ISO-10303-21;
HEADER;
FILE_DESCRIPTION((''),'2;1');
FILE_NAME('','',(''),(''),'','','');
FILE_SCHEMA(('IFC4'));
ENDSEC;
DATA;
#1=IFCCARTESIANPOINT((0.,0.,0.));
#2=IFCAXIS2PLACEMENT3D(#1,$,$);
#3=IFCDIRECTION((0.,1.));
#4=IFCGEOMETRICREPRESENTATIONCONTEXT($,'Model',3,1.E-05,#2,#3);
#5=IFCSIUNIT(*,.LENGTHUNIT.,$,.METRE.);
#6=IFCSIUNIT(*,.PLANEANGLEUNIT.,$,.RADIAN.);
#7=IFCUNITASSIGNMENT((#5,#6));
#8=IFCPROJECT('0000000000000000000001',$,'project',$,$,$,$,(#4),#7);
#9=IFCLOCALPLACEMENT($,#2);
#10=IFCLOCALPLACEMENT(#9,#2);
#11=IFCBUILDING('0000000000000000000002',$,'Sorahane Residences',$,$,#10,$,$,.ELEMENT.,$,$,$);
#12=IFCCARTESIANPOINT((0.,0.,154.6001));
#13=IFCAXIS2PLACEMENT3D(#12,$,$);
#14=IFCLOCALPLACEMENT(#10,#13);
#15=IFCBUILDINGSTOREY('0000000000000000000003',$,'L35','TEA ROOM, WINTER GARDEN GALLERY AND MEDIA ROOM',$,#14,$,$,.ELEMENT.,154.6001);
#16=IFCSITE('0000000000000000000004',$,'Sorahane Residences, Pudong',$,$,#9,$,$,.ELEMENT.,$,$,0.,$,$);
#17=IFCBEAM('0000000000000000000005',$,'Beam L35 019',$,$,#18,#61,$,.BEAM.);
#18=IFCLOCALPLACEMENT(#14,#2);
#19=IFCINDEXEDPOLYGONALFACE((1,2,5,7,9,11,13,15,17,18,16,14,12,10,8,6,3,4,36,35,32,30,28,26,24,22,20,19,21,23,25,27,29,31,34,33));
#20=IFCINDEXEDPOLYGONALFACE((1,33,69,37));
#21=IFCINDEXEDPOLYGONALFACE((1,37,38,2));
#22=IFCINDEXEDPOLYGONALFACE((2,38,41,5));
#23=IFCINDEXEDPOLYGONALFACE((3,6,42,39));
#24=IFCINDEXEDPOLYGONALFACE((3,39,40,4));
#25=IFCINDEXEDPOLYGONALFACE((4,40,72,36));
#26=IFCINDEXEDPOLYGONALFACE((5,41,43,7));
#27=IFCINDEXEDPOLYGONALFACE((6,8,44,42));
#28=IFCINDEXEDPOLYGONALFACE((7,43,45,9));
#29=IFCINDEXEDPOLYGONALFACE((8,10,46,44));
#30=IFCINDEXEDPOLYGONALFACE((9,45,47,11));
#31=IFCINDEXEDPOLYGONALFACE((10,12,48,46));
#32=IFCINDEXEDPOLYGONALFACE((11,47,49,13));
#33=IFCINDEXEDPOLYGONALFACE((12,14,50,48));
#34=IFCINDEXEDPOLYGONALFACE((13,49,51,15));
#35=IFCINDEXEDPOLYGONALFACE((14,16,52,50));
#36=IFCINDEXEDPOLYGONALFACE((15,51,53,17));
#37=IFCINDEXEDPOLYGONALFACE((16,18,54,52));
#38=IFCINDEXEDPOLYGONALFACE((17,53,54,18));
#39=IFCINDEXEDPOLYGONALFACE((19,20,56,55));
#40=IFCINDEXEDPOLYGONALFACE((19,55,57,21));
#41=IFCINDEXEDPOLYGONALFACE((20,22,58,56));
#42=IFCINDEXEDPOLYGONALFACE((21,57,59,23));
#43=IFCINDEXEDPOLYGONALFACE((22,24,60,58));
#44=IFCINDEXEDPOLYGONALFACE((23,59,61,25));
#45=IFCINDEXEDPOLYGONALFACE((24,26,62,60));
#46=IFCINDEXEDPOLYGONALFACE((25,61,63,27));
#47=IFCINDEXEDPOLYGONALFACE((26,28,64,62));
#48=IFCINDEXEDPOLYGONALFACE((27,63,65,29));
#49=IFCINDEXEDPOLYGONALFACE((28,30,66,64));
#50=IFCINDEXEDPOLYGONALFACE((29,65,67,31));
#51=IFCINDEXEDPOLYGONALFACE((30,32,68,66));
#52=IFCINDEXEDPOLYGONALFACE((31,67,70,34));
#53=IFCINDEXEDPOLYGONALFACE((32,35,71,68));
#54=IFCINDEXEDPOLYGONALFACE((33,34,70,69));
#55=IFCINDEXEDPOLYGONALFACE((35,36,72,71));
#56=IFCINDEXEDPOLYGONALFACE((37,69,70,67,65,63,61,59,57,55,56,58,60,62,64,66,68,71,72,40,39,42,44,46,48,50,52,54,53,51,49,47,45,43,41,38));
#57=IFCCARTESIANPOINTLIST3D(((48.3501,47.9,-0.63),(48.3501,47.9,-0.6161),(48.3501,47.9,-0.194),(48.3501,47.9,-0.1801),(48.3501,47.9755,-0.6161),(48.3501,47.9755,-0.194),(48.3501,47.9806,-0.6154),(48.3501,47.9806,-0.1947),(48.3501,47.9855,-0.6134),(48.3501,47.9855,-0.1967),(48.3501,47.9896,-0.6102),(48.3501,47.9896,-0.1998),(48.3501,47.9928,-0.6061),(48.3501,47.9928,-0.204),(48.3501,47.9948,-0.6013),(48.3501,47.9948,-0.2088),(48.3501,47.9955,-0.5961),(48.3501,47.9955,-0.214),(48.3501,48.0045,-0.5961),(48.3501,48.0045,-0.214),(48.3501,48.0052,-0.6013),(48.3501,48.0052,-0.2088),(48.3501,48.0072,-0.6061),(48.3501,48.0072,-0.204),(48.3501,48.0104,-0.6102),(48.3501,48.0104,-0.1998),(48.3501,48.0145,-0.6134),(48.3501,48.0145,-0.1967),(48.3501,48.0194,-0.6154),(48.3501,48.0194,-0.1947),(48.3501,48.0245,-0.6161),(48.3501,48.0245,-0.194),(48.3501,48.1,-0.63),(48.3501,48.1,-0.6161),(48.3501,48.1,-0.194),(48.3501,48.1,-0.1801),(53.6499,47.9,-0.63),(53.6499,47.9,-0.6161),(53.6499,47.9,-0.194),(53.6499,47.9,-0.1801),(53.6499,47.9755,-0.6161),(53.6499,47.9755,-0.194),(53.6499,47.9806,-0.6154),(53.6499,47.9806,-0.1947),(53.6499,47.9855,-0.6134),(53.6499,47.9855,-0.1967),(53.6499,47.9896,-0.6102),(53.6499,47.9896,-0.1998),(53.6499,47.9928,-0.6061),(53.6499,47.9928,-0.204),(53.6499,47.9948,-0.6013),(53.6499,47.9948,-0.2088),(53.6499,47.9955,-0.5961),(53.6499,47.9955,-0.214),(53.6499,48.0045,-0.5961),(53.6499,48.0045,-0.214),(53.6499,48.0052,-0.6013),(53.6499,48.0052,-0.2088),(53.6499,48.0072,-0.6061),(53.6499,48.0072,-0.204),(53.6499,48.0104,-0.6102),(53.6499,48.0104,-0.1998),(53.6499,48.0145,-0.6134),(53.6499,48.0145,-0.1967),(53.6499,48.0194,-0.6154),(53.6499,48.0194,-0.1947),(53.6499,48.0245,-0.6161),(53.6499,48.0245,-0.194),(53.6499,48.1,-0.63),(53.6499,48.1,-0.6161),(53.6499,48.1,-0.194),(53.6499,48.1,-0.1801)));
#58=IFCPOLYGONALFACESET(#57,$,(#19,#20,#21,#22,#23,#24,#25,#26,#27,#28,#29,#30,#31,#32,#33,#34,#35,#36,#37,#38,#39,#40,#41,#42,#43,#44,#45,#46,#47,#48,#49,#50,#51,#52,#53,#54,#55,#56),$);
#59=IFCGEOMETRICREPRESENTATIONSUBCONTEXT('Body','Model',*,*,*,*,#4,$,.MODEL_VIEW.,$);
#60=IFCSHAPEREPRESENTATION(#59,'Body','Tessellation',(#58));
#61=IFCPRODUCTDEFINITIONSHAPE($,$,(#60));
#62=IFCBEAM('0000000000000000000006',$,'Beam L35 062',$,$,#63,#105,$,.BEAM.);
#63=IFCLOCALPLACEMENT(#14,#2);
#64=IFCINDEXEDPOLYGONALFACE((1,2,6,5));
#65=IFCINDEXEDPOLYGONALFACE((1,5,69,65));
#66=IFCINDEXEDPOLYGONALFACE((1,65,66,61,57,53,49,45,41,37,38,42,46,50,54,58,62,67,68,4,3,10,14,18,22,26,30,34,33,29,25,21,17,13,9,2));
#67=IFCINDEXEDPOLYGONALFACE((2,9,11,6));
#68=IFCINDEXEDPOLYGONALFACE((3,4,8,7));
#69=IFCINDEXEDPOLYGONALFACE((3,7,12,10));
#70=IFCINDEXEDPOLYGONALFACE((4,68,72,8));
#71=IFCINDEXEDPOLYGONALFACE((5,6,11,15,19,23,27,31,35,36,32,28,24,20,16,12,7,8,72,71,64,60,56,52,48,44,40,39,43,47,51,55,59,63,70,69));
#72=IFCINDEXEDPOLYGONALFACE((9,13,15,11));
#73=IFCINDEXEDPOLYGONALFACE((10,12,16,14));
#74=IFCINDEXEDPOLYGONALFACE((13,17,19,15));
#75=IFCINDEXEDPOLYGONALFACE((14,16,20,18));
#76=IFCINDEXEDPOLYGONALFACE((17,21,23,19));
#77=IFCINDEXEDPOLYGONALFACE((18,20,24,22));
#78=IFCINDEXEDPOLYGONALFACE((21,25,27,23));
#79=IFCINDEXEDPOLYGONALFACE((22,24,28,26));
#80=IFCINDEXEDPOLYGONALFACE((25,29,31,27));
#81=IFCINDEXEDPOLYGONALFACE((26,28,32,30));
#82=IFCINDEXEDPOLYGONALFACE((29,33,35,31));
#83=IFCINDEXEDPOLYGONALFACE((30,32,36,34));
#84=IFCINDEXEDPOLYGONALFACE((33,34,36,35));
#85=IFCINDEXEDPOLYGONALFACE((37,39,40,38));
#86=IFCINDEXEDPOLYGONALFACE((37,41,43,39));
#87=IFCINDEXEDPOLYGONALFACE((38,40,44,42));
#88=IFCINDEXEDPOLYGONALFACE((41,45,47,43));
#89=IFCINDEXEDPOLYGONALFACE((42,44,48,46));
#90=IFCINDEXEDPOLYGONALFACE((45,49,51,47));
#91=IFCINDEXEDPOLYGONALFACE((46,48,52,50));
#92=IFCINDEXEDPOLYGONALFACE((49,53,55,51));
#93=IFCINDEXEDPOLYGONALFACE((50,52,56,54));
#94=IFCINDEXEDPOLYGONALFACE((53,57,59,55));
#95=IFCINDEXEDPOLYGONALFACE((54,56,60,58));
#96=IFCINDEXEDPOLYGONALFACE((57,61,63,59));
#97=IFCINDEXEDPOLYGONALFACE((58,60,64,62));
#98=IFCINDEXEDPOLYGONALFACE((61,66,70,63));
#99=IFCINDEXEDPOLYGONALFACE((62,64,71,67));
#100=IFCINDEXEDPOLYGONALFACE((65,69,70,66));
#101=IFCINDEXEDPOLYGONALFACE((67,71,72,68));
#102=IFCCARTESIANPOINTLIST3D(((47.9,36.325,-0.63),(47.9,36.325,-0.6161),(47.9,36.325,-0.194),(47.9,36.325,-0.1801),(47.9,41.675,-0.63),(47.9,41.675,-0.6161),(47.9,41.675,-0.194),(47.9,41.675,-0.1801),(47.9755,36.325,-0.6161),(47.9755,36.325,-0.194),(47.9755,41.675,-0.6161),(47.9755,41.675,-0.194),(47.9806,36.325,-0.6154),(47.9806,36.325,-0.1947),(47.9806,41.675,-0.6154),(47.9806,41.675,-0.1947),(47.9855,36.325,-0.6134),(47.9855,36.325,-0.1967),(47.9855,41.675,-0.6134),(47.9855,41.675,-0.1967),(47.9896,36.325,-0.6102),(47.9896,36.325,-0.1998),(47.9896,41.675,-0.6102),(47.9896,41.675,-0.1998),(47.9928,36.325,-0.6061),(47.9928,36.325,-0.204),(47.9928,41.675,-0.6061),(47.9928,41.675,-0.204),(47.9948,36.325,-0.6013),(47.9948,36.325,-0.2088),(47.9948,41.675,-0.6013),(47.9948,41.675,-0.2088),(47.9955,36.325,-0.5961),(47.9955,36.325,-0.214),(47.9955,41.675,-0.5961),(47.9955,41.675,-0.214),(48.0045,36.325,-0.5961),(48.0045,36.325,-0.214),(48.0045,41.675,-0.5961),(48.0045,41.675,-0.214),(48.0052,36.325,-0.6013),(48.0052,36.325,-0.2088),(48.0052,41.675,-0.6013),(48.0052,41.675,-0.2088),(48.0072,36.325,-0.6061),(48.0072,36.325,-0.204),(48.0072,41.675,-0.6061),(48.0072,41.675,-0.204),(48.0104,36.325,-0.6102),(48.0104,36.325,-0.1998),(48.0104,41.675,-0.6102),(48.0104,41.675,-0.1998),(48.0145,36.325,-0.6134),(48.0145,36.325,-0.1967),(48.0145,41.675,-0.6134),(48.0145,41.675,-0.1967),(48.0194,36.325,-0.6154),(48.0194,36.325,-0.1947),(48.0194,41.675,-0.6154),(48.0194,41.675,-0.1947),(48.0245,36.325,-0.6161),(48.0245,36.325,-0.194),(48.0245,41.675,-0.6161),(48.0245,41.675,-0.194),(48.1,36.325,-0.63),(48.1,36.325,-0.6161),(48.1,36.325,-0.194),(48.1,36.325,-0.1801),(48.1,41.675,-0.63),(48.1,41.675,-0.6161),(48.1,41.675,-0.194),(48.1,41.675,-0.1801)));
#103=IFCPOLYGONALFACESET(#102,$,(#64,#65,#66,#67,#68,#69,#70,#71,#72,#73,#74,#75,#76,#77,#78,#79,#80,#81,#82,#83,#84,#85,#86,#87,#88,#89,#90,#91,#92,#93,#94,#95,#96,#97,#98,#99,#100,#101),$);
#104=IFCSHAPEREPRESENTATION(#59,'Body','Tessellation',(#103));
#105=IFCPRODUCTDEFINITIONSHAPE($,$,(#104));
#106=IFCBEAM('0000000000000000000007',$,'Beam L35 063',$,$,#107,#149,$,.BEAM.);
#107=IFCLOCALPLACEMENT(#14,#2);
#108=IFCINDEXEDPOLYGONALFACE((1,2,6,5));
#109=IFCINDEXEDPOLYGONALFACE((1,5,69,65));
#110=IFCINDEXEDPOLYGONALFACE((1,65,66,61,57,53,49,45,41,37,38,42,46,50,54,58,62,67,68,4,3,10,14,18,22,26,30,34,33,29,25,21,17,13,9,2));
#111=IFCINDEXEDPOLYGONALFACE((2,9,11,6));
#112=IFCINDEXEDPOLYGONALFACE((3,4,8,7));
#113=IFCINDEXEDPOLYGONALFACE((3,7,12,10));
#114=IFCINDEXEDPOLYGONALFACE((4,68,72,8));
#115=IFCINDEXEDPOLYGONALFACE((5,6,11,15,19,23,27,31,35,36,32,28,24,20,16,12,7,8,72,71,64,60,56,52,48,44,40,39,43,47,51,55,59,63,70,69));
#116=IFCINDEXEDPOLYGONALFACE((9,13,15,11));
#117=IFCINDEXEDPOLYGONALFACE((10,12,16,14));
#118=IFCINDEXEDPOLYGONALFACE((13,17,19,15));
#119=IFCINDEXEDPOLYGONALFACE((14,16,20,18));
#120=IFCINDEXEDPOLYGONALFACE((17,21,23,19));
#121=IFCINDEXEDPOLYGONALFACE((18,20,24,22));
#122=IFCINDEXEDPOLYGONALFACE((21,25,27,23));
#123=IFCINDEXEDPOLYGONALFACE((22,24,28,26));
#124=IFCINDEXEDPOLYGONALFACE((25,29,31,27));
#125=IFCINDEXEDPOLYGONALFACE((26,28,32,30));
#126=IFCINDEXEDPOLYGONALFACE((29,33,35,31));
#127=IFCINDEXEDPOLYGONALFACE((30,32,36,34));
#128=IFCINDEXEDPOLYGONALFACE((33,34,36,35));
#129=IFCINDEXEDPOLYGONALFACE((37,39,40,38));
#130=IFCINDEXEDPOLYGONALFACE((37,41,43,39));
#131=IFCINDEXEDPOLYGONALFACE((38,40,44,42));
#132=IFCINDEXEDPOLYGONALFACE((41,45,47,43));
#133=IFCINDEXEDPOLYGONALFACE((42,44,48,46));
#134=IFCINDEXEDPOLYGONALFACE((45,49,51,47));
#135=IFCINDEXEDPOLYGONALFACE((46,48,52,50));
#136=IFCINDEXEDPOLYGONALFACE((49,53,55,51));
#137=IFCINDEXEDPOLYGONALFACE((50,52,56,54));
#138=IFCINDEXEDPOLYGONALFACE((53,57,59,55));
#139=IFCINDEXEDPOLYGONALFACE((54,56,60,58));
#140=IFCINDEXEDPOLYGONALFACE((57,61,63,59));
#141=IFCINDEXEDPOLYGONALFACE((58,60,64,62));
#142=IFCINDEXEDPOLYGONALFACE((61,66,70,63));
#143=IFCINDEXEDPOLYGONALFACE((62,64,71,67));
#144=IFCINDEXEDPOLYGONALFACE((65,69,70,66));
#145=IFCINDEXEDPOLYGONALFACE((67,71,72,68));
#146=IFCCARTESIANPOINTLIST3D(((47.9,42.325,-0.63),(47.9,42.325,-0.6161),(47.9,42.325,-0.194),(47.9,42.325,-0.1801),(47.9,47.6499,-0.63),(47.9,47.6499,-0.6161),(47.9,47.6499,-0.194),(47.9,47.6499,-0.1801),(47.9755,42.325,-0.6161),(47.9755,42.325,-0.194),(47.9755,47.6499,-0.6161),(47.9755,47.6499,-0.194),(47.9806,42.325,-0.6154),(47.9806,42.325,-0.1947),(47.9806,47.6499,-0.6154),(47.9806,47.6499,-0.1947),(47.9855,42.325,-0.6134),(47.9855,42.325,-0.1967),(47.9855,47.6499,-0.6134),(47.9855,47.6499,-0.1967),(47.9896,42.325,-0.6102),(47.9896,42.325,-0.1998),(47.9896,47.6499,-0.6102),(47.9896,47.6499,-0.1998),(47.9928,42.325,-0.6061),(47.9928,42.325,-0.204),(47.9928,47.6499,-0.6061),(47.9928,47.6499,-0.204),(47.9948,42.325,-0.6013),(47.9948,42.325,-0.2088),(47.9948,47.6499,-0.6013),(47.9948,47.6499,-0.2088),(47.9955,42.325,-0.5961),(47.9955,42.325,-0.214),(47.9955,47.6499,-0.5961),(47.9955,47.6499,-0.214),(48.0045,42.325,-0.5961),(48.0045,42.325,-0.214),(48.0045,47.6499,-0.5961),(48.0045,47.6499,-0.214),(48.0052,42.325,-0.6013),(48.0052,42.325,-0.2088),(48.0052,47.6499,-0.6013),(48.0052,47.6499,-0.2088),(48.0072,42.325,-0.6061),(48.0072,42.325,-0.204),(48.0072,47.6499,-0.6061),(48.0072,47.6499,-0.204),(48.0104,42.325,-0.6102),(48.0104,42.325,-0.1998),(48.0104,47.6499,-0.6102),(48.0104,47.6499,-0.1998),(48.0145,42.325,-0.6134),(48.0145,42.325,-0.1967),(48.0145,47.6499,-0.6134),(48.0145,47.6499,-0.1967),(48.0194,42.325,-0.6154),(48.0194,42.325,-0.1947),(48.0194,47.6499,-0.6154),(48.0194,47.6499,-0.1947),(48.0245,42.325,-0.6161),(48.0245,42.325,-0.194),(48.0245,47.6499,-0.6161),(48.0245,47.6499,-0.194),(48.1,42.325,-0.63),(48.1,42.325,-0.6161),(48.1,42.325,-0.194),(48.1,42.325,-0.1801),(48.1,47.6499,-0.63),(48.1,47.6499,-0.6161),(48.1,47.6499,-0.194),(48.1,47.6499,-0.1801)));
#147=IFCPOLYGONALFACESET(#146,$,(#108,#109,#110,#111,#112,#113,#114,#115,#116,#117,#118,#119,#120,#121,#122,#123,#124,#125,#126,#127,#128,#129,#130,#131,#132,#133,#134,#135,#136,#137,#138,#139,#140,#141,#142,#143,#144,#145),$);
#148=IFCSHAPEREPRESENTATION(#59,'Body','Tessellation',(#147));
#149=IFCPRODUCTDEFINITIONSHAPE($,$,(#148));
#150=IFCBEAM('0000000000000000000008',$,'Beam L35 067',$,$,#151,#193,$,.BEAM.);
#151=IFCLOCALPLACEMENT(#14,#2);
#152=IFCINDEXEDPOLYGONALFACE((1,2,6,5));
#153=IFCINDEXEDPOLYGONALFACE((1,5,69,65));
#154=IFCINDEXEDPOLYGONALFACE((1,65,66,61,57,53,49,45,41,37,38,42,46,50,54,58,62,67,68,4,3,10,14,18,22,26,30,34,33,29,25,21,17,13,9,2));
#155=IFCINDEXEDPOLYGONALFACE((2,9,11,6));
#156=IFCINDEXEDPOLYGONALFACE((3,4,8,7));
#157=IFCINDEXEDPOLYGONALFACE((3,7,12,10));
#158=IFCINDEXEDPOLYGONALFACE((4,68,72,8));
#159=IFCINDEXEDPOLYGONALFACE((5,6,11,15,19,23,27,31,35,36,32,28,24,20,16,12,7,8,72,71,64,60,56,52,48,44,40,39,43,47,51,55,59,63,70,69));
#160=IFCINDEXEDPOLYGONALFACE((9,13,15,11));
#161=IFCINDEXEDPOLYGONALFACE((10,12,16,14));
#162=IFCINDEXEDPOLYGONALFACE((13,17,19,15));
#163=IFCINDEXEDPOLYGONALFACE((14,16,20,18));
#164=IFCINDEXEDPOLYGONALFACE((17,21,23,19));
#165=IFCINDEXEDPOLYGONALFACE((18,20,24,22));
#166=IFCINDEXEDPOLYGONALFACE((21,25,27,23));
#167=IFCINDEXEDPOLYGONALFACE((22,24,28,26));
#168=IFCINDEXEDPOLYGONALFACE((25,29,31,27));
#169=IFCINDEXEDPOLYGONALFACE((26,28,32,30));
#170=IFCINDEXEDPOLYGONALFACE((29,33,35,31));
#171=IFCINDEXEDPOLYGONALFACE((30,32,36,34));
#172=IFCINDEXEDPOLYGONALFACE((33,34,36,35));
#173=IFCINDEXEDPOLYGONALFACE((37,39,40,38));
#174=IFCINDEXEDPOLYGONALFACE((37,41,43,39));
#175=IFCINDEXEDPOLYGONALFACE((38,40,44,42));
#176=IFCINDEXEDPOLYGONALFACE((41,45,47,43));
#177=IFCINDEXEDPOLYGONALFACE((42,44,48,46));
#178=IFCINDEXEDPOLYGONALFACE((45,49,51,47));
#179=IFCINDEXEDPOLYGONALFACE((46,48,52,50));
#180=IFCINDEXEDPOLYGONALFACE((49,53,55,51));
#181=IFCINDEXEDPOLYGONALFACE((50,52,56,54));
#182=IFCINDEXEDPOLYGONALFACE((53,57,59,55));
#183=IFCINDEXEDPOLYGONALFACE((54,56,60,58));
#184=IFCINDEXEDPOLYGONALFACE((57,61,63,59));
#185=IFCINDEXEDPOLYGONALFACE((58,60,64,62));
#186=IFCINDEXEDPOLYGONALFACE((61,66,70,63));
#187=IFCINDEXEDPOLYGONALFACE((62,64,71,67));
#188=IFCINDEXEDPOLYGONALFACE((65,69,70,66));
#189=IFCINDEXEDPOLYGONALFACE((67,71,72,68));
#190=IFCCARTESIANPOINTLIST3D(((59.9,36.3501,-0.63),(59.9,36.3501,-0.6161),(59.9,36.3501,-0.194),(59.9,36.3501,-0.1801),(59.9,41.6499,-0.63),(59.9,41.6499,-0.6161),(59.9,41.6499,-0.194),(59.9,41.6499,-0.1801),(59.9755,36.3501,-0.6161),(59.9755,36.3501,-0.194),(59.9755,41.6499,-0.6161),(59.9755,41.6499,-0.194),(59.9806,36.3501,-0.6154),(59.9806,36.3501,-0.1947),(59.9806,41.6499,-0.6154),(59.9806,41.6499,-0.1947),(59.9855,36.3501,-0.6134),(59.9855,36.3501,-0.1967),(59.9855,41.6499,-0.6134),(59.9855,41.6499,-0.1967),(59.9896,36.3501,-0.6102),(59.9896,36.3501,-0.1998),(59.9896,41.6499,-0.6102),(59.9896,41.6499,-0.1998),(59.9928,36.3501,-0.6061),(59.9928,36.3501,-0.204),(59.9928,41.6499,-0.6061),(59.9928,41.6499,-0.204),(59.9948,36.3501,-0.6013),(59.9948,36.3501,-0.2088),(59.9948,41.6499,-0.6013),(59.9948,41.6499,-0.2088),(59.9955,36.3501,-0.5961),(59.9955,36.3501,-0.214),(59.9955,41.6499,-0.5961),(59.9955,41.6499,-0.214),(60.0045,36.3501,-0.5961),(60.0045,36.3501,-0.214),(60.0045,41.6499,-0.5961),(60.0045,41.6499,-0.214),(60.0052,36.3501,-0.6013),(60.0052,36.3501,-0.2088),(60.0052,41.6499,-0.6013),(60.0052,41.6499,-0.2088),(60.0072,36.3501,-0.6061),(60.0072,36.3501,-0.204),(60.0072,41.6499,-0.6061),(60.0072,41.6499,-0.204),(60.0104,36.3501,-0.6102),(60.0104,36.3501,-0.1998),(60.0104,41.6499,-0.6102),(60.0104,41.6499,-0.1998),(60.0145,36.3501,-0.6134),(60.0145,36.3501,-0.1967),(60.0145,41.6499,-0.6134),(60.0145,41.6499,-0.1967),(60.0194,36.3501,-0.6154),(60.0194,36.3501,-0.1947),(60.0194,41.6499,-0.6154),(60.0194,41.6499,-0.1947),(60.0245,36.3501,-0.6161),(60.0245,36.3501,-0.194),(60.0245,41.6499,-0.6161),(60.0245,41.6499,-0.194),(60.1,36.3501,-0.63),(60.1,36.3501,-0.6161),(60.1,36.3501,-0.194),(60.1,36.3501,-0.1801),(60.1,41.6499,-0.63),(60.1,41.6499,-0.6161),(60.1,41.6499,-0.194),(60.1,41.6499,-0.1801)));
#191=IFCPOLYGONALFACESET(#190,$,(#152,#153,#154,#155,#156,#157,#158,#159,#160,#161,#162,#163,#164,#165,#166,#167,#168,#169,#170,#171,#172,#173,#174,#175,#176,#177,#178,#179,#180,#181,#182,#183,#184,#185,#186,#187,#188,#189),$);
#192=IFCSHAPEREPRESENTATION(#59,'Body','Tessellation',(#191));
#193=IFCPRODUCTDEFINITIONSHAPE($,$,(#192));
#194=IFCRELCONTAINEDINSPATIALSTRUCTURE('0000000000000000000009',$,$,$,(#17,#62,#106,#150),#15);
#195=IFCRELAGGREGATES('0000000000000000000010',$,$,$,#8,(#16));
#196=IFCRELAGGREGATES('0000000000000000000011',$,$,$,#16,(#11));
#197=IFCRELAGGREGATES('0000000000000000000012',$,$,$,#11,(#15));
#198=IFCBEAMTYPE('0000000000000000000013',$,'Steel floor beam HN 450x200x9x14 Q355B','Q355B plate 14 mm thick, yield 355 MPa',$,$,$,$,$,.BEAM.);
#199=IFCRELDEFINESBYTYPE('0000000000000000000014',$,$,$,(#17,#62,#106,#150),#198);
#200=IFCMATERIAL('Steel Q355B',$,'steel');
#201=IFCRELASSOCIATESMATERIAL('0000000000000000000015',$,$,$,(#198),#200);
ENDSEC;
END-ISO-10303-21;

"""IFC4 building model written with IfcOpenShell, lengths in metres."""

from ifc_helpers import new_model, si_unit, direction, frame, origin, origin_2d, place, context, subcontext, project, spatial, i_section, extrude, material, material_profile, profile_set, type_object, element, save


model = new_model("IFC4")

# Units and contexts
model_context = context("Model", 3, precision=1e-05, world=origin(), true_north=direction((0.0, 1.0)))
body_context = subcontext(model_context, "Body", "Model", "MODEL_VIEW")
ifc_project = project(units=[si_unit("LENGTHUNIT", "METRE"), si_unit("PLANEANGLEUNIT", "RADIAN")], contexts=[model_context])

# Site, building, storey
site_placement = place(None, origin())
site = spatial("IfcSite", under=ifc_project, at=site_placement, Name="Sorahane Residences, Pudong", CompositionType="ELEMENT", RefElevation=0.0)
building_placement = place(site_placement, origin())
building = spatial("IfcBuilding", under=site, at=building_placement, Name="Sorahane Residences", CompositionType="ELEMENT")
storey_placement = place(building_placement, frame((0.0, 0.0, 154.6001)))
storey = spatial("IfcBuildingStorey", under=building, at=storey_placement, Name="L35", Description="TEA ROOM, WINTER GARDEN GALLERY AND MEDIA ROOM", CompositionType="ELEMENT", Elevation=154.6001)

# Beams
ifc_material_1 = material(Name="Steel Q355B", Category="steel")
ifc_material_profile_1 = material_profile(ifc_material_1, i_section(OverallWidth=0.2, OverallDepth=0.45, WebThickness=0.009, FlangeThickness=0.0139, FilletRadius=0.02, at=origin_2d()), Name="HN 450x200x9x14")
ifc_profile_set_1 = profile_set([ifc_material_profile_1], Name="Steel Q355B")
beam_type_1 = type_object("IfcBeamType", Name="Steel floor beam HN 450x200x9x14 Q355B", Description="Q355B plate 14 mm thick, yield 355 MPa", PredefinedType="BEAM", material=ifc_profile_set_1)
beam_1_placement = place(storey_placement, frame((48.3501, 48.0, -0.405), z_axis=(1.0, 0.0, 0.0), x_axis=(0.0, 1.0, 0.0)))
element("IfcBeam", 1, at=beam_1_placement, inside=storey, type_object=beam_type_1, Name="Beam L35 019", PredefinedType="BEAM", context=body_context, shape_type="SweptSolid", body=[
    extrude(i_section(OverallWidth=0.2, OverallDepth=0.45, WebThickness=0.009, FlangeThickness=0.0139, FilletRadius=0.02, at=origin_2d()), origin(), (0.0, 0.0, 1.0), 5.2998),
])
beam_2_placement = place(storey_placement, frame((48.0, 36.325, -0.405), z_axis=(0.0, 1.0, 0.0), x_axis=(-1.0, 0.0, 0.0)))
element("IfcBeam", 2, at=beam_2_placement, inside=storey, type_object=beam_type_1, Name="Beam L35 062", PredefinedType="BEAM", context=body_context, shape_type="SweptSolid", body=[
    extrude(i_section(OverallWidth=0.2, OverallDepth=0.45, WebThickness=0.009, FlangeThickness=0.0139, FilletRadius=0.02, at=origin_2d()), origin(), (0.0, 0.0, 1.0), 5.3501),
])
beam_3_placement = place(storey_placement, frame((48.0, 42.325, -0.405), z_axis=(0.0, 1.0, 0.0), x_axis=(-1.0, 0.0, 0.0)))
element("IfcBeam", 3, at=beam_3_placement, inside=storey, type_object=beam_type_1, Name="Beam L35 063", PredefinedType="BEAM", context=body_context, shape_type="SweptSolid", body=[
    extrude(i_section(OverallWidth=0.2, OverallDepth=0.45, WebThickness=0.009, FlangeThickness=0.0139, FilletRadius=0.02, at=origin_2d()), origin(), (0.0, 0.0, 1.0), 5.325),
])
beam_4_placement = place(storey_placement, frame((60.0, 36.3501, -0.405), z_axis=(0.0, 1.0, 0.0), x_axis=(-1.0, 0.0, 0.0)))
element("IfcBeam", 4, at=beam_4_placement, inside=storey, type_object=beam_type_1, Name="Beam L35 067", PredefinedType="BEAM", context=body_context, shape_type="SweptSolid", body=[
    extrude(i_section(OverallWidth=0.2, OverallDepth=0.45, WebThickness=0.009, FlangeThickness=0.0139, FilletRadius=0.02, at=origin_2d()), origin(), (0.0, 0.0, 1.0), 5.2998),
])

save(model, "model.ifc")
